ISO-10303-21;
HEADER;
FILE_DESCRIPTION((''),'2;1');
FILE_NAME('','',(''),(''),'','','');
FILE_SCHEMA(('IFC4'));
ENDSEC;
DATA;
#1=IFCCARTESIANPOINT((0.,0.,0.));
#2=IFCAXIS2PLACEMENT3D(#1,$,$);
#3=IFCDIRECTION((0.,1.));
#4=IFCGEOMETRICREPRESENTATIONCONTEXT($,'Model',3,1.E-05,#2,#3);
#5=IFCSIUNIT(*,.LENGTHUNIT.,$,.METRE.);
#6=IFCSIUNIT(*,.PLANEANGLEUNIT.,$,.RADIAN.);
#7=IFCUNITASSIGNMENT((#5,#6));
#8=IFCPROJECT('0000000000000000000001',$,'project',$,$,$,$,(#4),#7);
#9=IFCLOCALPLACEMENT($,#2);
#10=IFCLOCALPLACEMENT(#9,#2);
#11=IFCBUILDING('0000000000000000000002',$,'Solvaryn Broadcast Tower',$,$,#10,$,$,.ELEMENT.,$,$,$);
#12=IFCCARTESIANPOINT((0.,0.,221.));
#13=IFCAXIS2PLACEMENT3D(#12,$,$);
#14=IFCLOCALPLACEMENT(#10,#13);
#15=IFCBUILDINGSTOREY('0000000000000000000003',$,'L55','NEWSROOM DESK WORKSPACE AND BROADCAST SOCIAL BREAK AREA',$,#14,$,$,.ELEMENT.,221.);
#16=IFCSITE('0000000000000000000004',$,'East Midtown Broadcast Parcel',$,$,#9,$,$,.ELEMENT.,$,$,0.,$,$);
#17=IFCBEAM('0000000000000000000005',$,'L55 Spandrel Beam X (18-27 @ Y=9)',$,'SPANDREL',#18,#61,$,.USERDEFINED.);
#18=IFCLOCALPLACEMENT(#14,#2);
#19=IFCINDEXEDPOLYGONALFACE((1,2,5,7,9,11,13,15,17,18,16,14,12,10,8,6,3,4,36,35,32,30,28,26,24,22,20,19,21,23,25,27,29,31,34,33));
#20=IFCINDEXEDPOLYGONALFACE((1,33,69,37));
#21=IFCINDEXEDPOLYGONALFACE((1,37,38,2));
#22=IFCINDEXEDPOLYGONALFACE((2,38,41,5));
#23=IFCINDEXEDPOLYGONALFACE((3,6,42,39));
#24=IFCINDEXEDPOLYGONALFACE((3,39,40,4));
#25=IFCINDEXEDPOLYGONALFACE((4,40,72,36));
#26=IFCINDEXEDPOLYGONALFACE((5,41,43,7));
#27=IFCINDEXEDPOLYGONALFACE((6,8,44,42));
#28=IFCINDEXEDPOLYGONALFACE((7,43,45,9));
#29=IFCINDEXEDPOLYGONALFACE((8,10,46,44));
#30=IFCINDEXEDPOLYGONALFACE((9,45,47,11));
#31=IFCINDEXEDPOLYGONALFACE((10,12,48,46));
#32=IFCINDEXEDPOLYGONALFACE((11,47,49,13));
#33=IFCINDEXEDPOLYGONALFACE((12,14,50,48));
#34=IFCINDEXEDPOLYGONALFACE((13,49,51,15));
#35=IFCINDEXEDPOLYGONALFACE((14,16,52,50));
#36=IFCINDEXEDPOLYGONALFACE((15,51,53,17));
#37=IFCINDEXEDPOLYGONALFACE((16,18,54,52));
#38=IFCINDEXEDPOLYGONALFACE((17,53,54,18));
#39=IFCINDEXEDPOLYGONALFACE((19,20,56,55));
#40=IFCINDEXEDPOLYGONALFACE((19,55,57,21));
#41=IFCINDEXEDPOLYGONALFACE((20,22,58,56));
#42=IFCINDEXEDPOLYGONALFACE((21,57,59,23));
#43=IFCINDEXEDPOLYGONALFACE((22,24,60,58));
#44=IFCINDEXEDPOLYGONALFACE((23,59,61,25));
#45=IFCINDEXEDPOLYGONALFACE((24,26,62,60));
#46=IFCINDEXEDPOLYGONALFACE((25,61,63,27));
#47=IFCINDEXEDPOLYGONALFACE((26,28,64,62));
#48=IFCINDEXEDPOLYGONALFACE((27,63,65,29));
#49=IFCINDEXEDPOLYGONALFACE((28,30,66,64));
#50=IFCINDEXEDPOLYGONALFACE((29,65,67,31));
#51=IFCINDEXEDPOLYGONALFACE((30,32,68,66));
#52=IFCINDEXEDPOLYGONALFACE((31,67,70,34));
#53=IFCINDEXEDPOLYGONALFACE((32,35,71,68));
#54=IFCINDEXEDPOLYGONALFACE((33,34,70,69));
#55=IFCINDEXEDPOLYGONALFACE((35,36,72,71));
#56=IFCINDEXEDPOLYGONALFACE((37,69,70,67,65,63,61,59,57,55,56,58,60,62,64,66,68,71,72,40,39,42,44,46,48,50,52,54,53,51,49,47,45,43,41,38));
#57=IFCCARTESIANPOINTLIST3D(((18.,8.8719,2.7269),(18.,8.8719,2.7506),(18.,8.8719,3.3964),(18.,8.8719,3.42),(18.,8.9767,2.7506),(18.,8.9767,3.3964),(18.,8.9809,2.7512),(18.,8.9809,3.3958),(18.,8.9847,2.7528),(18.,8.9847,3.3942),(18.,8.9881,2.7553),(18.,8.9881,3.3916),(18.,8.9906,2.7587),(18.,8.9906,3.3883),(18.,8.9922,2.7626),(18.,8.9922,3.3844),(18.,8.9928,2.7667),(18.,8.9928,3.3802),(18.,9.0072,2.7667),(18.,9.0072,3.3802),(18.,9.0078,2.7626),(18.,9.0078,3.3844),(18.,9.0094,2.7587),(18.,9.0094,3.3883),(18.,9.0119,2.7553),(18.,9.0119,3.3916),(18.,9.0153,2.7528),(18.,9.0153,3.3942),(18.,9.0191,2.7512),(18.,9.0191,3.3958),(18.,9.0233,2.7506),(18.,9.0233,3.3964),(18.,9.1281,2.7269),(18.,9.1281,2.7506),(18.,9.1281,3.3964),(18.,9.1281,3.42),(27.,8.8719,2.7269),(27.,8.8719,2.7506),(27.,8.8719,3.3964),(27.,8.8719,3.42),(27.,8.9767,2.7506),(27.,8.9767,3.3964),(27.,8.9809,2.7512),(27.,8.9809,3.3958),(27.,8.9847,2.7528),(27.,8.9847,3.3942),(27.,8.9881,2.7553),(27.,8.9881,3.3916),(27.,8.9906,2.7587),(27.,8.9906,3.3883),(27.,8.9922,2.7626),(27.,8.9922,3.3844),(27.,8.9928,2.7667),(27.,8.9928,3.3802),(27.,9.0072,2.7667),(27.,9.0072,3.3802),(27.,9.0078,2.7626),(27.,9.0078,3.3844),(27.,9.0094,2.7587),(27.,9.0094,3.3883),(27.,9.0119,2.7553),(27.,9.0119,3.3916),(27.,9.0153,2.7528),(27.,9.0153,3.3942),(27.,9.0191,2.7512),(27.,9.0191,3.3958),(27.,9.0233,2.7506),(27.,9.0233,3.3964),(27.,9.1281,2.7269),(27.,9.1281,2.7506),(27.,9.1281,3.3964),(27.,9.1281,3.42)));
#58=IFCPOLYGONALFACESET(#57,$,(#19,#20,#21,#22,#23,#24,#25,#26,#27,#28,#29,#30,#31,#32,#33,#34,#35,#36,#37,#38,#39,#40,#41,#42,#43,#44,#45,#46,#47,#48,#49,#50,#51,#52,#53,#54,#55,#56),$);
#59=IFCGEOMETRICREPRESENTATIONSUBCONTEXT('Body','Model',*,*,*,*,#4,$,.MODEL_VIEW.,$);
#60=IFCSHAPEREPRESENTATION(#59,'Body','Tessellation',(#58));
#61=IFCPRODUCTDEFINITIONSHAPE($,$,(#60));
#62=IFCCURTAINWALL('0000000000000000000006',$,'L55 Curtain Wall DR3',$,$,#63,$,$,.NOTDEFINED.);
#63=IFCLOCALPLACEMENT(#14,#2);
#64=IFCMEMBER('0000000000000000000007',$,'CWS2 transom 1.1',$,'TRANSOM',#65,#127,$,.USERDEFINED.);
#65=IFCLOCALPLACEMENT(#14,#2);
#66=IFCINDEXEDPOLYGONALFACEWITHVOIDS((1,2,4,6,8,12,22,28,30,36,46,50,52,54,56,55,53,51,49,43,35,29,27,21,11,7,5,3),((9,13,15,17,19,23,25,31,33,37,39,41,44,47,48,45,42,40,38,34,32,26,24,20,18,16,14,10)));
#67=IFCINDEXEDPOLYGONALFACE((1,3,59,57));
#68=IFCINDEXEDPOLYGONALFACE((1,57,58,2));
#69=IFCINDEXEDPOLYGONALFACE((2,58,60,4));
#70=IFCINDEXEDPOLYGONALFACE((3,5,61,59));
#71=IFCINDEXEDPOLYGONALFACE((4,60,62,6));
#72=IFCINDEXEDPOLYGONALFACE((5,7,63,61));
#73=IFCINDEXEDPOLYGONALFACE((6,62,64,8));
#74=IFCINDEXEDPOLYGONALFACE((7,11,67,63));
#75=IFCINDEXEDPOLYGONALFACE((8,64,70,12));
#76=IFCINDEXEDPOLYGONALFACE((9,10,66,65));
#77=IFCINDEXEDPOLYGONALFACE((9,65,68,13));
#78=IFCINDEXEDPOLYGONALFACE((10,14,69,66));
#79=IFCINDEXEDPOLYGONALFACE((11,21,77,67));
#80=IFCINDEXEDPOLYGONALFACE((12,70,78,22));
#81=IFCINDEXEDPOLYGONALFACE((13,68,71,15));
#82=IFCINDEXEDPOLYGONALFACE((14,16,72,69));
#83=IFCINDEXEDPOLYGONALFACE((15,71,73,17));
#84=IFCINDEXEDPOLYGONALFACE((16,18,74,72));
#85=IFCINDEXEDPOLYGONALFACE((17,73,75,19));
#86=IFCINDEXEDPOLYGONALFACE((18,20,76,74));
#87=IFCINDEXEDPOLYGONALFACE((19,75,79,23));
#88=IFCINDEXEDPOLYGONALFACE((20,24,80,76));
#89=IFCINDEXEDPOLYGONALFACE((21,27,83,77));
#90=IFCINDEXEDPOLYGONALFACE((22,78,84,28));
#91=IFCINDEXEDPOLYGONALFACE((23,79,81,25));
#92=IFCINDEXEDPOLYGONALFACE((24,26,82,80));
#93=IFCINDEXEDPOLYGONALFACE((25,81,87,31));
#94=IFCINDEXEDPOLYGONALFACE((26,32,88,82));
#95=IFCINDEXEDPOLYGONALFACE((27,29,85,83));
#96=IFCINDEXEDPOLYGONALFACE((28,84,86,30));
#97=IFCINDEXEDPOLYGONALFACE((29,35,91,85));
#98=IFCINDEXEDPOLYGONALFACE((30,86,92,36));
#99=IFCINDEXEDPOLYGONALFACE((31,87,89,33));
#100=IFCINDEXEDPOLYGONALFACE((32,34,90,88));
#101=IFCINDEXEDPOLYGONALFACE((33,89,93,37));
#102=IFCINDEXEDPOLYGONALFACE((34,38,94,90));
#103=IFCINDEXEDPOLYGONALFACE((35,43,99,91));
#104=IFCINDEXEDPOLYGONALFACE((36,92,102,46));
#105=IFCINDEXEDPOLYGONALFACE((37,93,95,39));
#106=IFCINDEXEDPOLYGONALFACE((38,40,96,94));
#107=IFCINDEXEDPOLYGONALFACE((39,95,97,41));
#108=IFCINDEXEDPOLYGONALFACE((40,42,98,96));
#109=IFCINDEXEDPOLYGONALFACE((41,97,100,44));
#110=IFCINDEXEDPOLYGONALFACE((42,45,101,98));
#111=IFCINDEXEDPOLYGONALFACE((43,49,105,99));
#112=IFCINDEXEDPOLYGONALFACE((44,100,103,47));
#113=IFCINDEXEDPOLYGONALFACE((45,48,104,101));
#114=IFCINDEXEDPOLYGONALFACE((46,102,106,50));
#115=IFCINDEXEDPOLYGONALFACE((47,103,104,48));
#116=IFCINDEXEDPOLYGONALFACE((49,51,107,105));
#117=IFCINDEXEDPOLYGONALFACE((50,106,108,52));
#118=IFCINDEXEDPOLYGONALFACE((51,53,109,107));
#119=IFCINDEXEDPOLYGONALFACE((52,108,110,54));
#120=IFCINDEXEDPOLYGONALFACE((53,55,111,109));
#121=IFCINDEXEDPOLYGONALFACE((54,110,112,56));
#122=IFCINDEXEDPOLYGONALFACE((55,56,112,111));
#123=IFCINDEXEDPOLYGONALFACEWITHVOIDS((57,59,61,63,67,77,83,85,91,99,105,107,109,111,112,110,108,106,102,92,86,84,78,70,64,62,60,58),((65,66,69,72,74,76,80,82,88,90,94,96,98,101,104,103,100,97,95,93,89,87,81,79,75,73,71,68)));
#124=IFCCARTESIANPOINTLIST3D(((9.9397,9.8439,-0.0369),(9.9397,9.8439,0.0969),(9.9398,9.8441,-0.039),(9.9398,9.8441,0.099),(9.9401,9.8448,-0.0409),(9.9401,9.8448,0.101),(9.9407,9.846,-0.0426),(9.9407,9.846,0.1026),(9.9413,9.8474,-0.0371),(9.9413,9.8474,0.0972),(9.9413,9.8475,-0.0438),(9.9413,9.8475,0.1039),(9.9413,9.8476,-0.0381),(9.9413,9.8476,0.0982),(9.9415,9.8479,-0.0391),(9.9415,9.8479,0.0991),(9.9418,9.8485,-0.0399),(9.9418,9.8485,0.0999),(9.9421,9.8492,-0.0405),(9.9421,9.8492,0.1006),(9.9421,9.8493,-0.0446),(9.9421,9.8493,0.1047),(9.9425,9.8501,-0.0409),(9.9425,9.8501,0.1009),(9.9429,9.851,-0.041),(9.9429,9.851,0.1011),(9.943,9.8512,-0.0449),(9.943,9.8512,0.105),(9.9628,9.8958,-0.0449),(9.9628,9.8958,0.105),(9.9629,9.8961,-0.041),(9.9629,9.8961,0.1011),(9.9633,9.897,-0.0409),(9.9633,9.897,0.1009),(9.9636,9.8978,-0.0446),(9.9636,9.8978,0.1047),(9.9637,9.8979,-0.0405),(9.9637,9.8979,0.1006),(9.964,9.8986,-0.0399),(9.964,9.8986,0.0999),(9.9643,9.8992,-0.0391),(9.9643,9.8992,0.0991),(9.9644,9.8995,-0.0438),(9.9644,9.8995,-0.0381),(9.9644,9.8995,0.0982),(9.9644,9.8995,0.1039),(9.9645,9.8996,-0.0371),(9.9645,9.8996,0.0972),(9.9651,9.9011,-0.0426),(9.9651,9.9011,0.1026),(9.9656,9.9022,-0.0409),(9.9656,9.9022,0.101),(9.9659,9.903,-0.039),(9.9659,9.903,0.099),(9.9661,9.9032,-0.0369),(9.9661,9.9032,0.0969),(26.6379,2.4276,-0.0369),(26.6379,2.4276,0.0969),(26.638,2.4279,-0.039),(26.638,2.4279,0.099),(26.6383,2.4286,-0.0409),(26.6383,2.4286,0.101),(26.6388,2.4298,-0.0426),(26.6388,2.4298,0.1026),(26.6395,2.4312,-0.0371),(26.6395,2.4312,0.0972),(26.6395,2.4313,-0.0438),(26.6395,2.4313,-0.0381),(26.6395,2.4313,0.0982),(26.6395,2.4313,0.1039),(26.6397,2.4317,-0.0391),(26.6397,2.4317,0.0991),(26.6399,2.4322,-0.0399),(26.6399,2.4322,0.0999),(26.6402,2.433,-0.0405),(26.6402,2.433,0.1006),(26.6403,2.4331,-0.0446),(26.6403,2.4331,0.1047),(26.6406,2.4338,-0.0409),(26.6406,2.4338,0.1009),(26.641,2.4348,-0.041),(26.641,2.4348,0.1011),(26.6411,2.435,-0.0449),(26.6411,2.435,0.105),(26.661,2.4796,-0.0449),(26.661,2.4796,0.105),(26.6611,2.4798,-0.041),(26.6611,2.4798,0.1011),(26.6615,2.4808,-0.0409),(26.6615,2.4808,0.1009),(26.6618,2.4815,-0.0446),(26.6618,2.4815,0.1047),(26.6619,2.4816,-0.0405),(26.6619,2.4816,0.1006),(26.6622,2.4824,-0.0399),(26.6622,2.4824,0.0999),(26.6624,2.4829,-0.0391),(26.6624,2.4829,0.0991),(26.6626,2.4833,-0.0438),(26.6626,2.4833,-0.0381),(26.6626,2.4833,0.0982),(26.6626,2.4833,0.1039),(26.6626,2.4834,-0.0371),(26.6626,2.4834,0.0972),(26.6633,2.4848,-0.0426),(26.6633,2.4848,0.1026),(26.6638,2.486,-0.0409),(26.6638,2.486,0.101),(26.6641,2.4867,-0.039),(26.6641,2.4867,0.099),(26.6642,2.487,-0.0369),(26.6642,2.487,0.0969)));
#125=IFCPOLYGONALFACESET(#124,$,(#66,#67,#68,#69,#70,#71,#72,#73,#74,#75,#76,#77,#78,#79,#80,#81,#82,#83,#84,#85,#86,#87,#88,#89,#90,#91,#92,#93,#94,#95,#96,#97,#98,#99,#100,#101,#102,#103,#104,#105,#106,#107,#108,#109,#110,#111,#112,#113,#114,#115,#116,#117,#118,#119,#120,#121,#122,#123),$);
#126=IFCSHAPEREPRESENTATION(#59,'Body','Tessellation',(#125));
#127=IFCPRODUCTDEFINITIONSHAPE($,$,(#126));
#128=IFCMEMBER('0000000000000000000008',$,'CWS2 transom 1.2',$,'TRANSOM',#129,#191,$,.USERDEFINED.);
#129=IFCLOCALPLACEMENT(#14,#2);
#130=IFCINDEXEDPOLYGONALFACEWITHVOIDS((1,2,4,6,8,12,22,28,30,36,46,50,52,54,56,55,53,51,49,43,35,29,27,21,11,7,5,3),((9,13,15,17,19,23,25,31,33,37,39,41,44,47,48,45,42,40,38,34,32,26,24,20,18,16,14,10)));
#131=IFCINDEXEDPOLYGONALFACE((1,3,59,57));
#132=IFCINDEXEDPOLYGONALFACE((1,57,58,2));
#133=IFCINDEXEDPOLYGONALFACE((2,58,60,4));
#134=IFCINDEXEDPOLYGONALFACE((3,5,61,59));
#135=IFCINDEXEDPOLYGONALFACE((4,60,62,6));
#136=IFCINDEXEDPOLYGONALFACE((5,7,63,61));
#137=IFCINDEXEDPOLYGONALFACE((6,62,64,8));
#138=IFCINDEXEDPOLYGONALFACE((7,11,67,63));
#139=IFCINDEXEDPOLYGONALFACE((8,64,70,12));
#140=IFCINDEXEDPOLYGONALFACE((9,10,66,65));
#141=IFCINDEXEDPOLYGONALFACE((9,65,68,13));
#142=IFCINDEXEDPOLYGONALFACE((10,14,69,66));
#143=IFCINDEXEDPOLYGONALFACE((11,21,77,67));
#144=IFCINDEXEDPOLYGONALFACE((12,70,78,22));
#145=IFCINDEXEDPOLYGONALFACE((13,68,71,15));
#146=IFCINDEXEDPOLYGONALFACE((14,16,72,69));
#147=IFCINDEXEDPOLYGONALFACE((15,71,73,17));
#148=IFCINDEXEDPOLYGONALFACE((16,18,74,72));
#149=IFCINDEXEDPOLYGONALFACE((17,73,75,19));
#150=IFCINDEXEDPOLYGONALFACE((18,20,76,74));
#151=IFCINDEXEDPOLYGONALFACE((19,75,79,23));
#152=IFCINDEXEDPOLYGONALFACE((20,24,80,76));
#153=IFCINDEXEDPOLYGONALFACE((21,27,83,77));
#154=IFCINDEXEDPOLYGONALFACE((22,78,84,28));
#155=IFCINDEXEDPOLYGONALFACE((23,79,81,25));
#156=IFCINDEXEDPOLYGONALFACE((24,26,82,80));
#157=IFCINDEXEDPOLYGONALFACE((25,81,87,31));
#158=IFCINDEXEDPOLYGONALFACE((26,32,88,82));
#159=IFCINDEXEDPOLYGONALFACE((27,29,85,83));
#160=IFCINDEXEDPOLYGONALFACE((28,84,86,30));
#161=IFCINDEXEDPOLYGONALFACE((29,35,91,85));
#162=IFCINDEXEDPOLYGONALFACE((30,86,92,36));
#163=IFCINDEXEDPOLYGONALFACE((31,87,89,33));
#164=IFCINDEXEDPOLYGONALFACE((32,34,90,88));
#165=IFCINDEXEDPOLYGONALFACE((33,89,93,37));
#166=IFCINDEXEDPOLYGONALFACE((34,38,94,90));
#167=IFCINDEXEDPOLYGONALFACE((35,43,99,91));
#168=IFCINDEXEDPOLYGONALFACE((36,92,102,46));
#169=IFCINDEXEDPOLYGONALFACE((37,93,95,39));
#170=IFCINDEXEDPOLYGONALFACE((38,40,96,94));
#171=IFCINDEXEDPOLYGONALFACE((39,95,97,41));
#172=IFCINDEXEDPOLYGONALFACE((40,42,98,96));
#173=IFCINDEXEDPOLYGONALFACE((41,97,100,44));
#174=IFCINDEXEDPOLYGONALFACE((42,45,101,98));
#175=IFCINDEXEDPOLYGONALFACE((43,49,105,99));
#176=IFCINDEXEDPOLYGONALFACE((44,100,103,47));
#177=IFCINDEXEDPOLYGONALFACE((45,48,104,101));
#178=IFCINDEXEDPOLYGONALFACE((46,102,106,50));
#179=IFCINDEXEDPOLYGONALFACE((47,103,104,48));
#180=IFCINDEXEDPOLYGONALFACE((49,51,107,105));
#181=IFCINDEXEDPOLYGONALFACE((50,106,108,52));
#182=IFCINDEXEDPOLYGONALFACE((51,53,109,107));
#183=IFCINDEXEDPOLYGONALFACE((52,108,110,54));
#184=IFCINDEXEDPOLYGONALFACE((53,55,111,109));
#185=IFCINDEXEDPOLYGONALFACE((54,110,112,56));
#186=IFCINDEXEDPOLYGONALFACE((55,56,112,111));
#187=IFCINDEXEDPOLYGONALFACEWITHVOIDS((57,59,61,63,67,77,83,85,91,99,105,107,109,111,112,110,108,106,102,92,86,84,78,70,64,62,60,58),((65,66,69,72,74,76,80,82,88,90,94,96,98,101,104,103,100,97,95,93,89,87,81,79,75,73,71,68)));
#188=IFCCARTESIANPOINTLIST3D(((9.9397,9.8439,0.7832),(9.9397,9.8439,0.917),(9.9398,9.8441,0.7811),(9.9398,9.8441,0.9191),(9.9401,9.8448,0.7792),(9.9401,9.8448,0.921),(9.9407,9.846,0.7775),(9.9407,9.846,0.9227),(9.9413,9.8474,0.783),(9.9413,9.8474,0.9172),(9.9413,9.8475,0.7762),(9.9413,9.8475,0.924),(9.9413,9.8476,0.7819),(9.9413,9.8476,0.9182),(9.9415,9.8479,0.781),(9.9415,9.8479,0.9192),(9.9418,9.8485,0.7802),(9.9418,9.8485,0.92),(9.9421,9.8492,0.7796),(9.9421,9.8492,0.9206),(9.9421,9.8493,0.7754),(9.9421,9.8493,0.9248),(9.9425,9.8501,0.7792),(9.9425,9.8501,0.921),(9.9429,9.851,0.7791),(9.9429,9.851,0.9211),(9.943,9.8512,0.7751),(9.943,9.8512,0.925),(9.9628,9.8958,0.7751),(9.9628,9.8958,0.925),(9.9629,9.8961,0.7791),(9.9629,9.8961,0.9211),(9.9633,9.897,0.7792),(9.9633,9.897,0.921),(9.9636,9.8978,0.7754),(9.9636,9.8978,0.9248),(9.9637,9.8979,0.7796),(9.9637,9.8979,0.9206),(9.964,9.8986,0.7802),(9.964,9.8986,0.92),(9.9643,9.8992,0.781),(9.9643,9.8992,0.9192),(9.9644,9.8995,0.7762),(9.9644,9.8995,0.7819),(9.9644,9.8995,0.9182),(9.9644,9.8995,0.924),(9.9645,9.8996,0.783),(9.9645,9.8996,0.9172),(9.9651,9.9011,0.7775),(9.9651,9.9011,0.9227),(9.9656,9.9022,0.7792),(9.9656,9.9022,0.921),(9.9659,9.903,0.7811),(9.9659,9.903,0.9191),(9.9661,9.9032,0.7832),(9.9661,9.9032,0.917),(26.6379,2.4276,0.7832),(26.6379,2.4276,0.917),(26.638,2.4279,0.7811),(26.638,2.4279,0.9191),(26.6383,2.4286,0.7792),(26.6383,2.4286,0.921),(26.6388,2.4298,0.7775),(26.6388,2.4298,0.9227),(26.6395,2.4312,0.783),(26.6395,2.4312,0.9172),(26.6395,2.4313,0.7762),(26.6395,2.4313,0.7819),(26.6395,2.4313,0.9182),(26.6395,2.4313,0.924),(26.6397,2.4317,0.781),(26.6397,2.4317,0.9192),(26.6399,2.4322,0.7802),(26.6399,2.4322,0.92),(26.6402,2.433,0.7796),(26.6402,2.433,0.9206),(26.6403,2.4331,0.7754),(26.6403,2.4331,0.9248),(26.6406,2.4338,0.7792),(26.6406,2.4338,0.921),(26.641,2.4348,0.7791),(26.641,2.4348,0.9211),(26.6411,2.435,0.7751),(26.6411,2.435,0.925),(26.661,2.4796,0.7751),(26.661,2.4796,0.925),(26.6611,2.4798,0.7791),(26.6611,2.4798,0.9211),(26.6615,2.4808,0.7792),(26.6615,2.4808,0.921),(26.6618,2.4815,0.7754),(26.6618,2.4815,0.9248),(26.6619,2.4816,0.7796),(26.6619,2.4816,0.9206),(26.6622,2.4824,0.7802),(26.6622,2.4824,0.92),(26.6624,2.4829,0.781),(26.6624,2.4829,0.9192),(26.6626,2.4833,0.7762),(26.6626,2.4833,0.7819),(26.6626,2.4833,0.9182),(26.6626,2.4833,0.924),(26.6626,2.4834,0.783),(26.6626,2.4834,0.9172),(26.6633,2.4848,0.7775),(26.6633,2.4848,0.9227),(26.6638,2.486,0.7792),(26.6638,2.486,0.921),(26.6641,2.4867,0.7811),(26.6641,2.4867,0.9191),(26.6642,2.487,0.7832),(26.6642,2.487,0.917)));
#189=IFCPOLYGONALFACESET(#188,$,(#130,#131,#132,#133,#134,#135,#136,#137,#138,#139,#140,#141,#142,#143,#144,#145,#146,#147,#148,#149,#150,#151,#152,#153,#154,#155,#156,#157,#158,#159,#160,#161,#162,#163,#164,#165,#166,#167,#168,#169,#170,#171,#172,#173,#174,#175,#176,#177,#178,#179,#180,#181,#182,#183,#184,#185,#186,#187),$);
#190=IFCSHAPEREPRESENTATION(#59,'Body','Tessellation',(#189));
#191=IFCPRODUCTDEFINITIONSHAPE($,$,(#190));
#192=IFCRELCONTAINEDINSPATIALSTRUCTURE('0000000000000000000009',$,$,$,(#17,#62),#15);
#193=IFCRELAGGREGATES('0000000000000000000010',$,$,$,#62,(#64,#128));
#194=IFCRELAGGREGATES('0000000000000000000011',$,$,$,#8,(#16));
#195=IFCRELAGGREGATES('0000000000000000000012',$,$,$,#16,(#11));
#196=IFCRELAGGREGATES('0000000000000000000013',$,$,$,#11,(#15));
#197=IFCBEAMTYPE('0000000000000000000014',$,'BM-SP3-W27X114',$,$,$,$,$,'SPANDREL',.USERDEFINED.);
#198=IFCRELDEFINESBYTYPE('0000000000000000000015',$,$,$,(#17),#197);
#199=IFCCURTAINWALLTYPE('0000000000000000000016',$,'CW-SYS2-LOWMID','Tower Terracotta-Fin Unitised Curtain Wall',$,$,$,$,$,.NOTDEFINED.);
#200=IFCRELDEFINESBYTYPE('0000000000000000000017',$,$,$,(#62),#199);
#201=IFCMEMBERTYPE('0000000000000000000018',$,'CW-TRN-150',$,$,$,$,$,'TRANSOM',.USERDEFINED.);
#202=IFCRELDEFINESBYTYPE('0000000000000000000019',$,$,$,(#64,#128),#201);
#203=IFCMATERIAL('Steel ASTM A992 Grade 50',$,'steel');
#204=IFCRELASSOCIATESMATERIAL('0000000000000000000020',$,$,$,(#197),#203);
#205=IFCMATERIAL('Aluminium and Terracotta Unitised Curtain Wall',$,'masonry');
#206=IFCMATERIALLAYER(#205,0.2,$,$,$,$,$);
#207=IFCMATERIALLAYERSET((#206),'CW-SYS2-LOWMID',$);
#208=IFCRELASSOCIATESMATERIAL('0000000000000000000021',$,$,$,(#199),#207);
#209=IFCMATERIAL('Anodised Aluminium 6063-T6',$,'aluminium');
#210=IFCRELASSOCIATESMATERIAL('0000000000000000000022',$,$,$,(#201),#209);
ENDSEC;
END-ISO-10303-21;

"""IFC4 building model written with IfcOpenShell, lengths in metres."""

from ifc_helpers import new_model, si_unit, direction, frame, origin, origin_2d, place, context, subcontext, project, spatial, hollow_rectangle, i_section, extrude, material, layer, layer_set, material_profile, profile_set, type_object, element, aggregate, save


model = new_model("IFC4")

# Units and contexts
model_context = context("Model", 3, precision=1e-05, world=origin(), true_north=direction((0.0, 1.0)))
body_context = subcontext(model_context, "Body", "Model", "MODEL_VIEW")
ifc_project = project(units=[si_unit("LENGTHUNIT", "METRE"), si_unit("PLANEANGLEUNIT", "RADIAN")], contexts=[model_context])

# Site, building, storey
site_placement = place(None, origin())
site = spatial("IfcSite", under=ifc_project, at=site_placement, Name="East Midtown Broadcast Parcel", CompositionType="ELEMENT", RefElevation=0.0)
building_placement = place(site_placement, origin())
building = spatial("IfcBuilding", under=site, at=building_placement, Name="Solvaryn Broadcast Tower", CompositionType="ELEMENT")
storey_placement = place(building_placement, frame((0.0, 0.0, 221.0)))
storey = spatial("IfcBuildingStorey", under=building, at=storey_placement, Name="L55", Description="NEWSROOM DESK WORKSPACE AND BROADCAST SOCIAL BREAK AREA", CompositionType="ELEMENT", Elevation=221.0)

# Beam
ifc_material_1 = material(Name="Steel ASTM A992 Grade 50", Category="steel")
ifc_material_profile_1 = material_profile(ifc_material_1, i_section(OverallWidth=0.2561, OverallDepth=0.6931, WebThickness=0.0144, FlangeThickness=0.0237, FilletRadius=0.0161, at=origin_2d()))
ifc_profile_set_1 = profile_set([ifc_material_profile_1], Name="Steel ASTM A992 Grade 50")
beam_type_1 = type_object("IfcBeamType", Name="BM-SP3-W27X114", ElementType="SPANDREL", PredefinedType="USERDEFINED", material=ifc_profile_set_1)
beam_1_placement = place(storey_placement, frame((18.0, 9.0, 3.0735), z_axis=(1.0, 0.0, 0.0), x_axis=(0.0, 1.0, 0.0)))
element("IfcBeam", 1, at=beam_1_placement, inside=storey, type_object=beam_type_1, Name="L55 Spandrel Beam X (18-27 @ Y=9)", ObjectType="SPANDREL", PredefinedType="USERDEFINED", context=body_context, shape_type="SweptSolid", body=[
    extrude(i_section(OverallWidth=0.2561, OverallDepth=0.6931, WebThickness=0.0144, FlangeThickness=0.0237, FilletRadius=0.0161, at=origin_2d()), origin(), (0.0, 0.0, 1.0), 9.0),
])

# Curtain wall, members
ifc_material_2 = material(Name="Aluminium and Terracotta Unitised Curtain Wall", Category="masonry")
ifc_layer_1 = layer(ifc_material_2, 0.2)
ifc_layer_set_1 = layer_set([ifc_layer_1], Name="CW-SYS2-LOWMID")
curtain_wall_type = type_object("IfcCurtainWallType", Name="CW-SYS2-LOWMID", Description="Tower Terracotta-Fin Unitised Curtain Wall", PredefinedType="NOTDEFINED", material=ifc_layer_set_1)
curtain_wall_placement = place(storey_placement, origin())
curtain_wall = element("IfcCurtainWall", 2, at=curtain_wall_placement, inside=storey, type_object=curtain_wall_type, Name="L55 Curtain Wall DR3", PredefinedType="NOTDEFINED")
ifc_material_3 = material(Name="Anodised Aluminium 6063-T6", Category="aluminium")
ifc_material_profile_2 = material_profile(ifc_material_3, hollow_rectangle(XDim=0.0649, YDim=0.1499, WallThickness=0.0039, InnerFilletRadius=0.0039, OuterFilletRadius=0.0081, at=origin_2d()))
ifc_profile_set_2 = profile_set([ifc_material_profile_2], Name="Anodised Aluminium 6063-T6")
member_type = type_object("IfcMemberType", Name="CW-TRN-150", ElementType="TRANSOM", PredefinedType="USERDEFINED", material=ifc_profile_set_2)
member_1_placement = place(storey_placement, frame((9.9529, 9.8735, 0.03), z_axis=(0.913917, -0.405902, 0.0), x_axis=(0.405902, 0.913917, 0.0)))
member_1 = element("IfcMember", 3, at=member_1_placement, type_object=member_type, Name="CWS2 transom 1.1", ObjectType="TRANSOM", PredefinedType="USERDEFINED", context=body_context, shape_type="SweptSolid", body=[
    extrude(hollow_rectangle(XDim=0.0649, YDim=0.1499, WallThickness=0.0039, InnerFilletRadius=0.0039, OuterFilletRadius=0.0081, at=origin_2d()), origin(), (0.0, 0.0, 1.0), 18.271),
])
member_2_placement = place(storey_placement, frame((9.9529, 9.8735, 0.8501), z_axis=(0.913917, -0.405902, 0.0), x_axis=(0.405902, 0.913917, 0.0)))
member_2 = element("IfcMember", 4, at=member_2_placement, type_object=member_type, Name="CWS2 transom 1.2", ObjectType="TRANSOM", PredefinedType="USERDEFINED", context=body_context, shape_type="SweptSolid", body=[
    extrude(hollow_rectangle(XDim=0.0649, YDim=0.1499, WallThickness=0.0039, InnerFilletRadius=0.0039, OuterFilletRadius=0.0081, at=origin_2d()), origin(), (0.0, 0.0, 1.0), 18.271),
])
aggregate(curtain_wall, [member_1, member_2])

save(model, "model.ifc")
